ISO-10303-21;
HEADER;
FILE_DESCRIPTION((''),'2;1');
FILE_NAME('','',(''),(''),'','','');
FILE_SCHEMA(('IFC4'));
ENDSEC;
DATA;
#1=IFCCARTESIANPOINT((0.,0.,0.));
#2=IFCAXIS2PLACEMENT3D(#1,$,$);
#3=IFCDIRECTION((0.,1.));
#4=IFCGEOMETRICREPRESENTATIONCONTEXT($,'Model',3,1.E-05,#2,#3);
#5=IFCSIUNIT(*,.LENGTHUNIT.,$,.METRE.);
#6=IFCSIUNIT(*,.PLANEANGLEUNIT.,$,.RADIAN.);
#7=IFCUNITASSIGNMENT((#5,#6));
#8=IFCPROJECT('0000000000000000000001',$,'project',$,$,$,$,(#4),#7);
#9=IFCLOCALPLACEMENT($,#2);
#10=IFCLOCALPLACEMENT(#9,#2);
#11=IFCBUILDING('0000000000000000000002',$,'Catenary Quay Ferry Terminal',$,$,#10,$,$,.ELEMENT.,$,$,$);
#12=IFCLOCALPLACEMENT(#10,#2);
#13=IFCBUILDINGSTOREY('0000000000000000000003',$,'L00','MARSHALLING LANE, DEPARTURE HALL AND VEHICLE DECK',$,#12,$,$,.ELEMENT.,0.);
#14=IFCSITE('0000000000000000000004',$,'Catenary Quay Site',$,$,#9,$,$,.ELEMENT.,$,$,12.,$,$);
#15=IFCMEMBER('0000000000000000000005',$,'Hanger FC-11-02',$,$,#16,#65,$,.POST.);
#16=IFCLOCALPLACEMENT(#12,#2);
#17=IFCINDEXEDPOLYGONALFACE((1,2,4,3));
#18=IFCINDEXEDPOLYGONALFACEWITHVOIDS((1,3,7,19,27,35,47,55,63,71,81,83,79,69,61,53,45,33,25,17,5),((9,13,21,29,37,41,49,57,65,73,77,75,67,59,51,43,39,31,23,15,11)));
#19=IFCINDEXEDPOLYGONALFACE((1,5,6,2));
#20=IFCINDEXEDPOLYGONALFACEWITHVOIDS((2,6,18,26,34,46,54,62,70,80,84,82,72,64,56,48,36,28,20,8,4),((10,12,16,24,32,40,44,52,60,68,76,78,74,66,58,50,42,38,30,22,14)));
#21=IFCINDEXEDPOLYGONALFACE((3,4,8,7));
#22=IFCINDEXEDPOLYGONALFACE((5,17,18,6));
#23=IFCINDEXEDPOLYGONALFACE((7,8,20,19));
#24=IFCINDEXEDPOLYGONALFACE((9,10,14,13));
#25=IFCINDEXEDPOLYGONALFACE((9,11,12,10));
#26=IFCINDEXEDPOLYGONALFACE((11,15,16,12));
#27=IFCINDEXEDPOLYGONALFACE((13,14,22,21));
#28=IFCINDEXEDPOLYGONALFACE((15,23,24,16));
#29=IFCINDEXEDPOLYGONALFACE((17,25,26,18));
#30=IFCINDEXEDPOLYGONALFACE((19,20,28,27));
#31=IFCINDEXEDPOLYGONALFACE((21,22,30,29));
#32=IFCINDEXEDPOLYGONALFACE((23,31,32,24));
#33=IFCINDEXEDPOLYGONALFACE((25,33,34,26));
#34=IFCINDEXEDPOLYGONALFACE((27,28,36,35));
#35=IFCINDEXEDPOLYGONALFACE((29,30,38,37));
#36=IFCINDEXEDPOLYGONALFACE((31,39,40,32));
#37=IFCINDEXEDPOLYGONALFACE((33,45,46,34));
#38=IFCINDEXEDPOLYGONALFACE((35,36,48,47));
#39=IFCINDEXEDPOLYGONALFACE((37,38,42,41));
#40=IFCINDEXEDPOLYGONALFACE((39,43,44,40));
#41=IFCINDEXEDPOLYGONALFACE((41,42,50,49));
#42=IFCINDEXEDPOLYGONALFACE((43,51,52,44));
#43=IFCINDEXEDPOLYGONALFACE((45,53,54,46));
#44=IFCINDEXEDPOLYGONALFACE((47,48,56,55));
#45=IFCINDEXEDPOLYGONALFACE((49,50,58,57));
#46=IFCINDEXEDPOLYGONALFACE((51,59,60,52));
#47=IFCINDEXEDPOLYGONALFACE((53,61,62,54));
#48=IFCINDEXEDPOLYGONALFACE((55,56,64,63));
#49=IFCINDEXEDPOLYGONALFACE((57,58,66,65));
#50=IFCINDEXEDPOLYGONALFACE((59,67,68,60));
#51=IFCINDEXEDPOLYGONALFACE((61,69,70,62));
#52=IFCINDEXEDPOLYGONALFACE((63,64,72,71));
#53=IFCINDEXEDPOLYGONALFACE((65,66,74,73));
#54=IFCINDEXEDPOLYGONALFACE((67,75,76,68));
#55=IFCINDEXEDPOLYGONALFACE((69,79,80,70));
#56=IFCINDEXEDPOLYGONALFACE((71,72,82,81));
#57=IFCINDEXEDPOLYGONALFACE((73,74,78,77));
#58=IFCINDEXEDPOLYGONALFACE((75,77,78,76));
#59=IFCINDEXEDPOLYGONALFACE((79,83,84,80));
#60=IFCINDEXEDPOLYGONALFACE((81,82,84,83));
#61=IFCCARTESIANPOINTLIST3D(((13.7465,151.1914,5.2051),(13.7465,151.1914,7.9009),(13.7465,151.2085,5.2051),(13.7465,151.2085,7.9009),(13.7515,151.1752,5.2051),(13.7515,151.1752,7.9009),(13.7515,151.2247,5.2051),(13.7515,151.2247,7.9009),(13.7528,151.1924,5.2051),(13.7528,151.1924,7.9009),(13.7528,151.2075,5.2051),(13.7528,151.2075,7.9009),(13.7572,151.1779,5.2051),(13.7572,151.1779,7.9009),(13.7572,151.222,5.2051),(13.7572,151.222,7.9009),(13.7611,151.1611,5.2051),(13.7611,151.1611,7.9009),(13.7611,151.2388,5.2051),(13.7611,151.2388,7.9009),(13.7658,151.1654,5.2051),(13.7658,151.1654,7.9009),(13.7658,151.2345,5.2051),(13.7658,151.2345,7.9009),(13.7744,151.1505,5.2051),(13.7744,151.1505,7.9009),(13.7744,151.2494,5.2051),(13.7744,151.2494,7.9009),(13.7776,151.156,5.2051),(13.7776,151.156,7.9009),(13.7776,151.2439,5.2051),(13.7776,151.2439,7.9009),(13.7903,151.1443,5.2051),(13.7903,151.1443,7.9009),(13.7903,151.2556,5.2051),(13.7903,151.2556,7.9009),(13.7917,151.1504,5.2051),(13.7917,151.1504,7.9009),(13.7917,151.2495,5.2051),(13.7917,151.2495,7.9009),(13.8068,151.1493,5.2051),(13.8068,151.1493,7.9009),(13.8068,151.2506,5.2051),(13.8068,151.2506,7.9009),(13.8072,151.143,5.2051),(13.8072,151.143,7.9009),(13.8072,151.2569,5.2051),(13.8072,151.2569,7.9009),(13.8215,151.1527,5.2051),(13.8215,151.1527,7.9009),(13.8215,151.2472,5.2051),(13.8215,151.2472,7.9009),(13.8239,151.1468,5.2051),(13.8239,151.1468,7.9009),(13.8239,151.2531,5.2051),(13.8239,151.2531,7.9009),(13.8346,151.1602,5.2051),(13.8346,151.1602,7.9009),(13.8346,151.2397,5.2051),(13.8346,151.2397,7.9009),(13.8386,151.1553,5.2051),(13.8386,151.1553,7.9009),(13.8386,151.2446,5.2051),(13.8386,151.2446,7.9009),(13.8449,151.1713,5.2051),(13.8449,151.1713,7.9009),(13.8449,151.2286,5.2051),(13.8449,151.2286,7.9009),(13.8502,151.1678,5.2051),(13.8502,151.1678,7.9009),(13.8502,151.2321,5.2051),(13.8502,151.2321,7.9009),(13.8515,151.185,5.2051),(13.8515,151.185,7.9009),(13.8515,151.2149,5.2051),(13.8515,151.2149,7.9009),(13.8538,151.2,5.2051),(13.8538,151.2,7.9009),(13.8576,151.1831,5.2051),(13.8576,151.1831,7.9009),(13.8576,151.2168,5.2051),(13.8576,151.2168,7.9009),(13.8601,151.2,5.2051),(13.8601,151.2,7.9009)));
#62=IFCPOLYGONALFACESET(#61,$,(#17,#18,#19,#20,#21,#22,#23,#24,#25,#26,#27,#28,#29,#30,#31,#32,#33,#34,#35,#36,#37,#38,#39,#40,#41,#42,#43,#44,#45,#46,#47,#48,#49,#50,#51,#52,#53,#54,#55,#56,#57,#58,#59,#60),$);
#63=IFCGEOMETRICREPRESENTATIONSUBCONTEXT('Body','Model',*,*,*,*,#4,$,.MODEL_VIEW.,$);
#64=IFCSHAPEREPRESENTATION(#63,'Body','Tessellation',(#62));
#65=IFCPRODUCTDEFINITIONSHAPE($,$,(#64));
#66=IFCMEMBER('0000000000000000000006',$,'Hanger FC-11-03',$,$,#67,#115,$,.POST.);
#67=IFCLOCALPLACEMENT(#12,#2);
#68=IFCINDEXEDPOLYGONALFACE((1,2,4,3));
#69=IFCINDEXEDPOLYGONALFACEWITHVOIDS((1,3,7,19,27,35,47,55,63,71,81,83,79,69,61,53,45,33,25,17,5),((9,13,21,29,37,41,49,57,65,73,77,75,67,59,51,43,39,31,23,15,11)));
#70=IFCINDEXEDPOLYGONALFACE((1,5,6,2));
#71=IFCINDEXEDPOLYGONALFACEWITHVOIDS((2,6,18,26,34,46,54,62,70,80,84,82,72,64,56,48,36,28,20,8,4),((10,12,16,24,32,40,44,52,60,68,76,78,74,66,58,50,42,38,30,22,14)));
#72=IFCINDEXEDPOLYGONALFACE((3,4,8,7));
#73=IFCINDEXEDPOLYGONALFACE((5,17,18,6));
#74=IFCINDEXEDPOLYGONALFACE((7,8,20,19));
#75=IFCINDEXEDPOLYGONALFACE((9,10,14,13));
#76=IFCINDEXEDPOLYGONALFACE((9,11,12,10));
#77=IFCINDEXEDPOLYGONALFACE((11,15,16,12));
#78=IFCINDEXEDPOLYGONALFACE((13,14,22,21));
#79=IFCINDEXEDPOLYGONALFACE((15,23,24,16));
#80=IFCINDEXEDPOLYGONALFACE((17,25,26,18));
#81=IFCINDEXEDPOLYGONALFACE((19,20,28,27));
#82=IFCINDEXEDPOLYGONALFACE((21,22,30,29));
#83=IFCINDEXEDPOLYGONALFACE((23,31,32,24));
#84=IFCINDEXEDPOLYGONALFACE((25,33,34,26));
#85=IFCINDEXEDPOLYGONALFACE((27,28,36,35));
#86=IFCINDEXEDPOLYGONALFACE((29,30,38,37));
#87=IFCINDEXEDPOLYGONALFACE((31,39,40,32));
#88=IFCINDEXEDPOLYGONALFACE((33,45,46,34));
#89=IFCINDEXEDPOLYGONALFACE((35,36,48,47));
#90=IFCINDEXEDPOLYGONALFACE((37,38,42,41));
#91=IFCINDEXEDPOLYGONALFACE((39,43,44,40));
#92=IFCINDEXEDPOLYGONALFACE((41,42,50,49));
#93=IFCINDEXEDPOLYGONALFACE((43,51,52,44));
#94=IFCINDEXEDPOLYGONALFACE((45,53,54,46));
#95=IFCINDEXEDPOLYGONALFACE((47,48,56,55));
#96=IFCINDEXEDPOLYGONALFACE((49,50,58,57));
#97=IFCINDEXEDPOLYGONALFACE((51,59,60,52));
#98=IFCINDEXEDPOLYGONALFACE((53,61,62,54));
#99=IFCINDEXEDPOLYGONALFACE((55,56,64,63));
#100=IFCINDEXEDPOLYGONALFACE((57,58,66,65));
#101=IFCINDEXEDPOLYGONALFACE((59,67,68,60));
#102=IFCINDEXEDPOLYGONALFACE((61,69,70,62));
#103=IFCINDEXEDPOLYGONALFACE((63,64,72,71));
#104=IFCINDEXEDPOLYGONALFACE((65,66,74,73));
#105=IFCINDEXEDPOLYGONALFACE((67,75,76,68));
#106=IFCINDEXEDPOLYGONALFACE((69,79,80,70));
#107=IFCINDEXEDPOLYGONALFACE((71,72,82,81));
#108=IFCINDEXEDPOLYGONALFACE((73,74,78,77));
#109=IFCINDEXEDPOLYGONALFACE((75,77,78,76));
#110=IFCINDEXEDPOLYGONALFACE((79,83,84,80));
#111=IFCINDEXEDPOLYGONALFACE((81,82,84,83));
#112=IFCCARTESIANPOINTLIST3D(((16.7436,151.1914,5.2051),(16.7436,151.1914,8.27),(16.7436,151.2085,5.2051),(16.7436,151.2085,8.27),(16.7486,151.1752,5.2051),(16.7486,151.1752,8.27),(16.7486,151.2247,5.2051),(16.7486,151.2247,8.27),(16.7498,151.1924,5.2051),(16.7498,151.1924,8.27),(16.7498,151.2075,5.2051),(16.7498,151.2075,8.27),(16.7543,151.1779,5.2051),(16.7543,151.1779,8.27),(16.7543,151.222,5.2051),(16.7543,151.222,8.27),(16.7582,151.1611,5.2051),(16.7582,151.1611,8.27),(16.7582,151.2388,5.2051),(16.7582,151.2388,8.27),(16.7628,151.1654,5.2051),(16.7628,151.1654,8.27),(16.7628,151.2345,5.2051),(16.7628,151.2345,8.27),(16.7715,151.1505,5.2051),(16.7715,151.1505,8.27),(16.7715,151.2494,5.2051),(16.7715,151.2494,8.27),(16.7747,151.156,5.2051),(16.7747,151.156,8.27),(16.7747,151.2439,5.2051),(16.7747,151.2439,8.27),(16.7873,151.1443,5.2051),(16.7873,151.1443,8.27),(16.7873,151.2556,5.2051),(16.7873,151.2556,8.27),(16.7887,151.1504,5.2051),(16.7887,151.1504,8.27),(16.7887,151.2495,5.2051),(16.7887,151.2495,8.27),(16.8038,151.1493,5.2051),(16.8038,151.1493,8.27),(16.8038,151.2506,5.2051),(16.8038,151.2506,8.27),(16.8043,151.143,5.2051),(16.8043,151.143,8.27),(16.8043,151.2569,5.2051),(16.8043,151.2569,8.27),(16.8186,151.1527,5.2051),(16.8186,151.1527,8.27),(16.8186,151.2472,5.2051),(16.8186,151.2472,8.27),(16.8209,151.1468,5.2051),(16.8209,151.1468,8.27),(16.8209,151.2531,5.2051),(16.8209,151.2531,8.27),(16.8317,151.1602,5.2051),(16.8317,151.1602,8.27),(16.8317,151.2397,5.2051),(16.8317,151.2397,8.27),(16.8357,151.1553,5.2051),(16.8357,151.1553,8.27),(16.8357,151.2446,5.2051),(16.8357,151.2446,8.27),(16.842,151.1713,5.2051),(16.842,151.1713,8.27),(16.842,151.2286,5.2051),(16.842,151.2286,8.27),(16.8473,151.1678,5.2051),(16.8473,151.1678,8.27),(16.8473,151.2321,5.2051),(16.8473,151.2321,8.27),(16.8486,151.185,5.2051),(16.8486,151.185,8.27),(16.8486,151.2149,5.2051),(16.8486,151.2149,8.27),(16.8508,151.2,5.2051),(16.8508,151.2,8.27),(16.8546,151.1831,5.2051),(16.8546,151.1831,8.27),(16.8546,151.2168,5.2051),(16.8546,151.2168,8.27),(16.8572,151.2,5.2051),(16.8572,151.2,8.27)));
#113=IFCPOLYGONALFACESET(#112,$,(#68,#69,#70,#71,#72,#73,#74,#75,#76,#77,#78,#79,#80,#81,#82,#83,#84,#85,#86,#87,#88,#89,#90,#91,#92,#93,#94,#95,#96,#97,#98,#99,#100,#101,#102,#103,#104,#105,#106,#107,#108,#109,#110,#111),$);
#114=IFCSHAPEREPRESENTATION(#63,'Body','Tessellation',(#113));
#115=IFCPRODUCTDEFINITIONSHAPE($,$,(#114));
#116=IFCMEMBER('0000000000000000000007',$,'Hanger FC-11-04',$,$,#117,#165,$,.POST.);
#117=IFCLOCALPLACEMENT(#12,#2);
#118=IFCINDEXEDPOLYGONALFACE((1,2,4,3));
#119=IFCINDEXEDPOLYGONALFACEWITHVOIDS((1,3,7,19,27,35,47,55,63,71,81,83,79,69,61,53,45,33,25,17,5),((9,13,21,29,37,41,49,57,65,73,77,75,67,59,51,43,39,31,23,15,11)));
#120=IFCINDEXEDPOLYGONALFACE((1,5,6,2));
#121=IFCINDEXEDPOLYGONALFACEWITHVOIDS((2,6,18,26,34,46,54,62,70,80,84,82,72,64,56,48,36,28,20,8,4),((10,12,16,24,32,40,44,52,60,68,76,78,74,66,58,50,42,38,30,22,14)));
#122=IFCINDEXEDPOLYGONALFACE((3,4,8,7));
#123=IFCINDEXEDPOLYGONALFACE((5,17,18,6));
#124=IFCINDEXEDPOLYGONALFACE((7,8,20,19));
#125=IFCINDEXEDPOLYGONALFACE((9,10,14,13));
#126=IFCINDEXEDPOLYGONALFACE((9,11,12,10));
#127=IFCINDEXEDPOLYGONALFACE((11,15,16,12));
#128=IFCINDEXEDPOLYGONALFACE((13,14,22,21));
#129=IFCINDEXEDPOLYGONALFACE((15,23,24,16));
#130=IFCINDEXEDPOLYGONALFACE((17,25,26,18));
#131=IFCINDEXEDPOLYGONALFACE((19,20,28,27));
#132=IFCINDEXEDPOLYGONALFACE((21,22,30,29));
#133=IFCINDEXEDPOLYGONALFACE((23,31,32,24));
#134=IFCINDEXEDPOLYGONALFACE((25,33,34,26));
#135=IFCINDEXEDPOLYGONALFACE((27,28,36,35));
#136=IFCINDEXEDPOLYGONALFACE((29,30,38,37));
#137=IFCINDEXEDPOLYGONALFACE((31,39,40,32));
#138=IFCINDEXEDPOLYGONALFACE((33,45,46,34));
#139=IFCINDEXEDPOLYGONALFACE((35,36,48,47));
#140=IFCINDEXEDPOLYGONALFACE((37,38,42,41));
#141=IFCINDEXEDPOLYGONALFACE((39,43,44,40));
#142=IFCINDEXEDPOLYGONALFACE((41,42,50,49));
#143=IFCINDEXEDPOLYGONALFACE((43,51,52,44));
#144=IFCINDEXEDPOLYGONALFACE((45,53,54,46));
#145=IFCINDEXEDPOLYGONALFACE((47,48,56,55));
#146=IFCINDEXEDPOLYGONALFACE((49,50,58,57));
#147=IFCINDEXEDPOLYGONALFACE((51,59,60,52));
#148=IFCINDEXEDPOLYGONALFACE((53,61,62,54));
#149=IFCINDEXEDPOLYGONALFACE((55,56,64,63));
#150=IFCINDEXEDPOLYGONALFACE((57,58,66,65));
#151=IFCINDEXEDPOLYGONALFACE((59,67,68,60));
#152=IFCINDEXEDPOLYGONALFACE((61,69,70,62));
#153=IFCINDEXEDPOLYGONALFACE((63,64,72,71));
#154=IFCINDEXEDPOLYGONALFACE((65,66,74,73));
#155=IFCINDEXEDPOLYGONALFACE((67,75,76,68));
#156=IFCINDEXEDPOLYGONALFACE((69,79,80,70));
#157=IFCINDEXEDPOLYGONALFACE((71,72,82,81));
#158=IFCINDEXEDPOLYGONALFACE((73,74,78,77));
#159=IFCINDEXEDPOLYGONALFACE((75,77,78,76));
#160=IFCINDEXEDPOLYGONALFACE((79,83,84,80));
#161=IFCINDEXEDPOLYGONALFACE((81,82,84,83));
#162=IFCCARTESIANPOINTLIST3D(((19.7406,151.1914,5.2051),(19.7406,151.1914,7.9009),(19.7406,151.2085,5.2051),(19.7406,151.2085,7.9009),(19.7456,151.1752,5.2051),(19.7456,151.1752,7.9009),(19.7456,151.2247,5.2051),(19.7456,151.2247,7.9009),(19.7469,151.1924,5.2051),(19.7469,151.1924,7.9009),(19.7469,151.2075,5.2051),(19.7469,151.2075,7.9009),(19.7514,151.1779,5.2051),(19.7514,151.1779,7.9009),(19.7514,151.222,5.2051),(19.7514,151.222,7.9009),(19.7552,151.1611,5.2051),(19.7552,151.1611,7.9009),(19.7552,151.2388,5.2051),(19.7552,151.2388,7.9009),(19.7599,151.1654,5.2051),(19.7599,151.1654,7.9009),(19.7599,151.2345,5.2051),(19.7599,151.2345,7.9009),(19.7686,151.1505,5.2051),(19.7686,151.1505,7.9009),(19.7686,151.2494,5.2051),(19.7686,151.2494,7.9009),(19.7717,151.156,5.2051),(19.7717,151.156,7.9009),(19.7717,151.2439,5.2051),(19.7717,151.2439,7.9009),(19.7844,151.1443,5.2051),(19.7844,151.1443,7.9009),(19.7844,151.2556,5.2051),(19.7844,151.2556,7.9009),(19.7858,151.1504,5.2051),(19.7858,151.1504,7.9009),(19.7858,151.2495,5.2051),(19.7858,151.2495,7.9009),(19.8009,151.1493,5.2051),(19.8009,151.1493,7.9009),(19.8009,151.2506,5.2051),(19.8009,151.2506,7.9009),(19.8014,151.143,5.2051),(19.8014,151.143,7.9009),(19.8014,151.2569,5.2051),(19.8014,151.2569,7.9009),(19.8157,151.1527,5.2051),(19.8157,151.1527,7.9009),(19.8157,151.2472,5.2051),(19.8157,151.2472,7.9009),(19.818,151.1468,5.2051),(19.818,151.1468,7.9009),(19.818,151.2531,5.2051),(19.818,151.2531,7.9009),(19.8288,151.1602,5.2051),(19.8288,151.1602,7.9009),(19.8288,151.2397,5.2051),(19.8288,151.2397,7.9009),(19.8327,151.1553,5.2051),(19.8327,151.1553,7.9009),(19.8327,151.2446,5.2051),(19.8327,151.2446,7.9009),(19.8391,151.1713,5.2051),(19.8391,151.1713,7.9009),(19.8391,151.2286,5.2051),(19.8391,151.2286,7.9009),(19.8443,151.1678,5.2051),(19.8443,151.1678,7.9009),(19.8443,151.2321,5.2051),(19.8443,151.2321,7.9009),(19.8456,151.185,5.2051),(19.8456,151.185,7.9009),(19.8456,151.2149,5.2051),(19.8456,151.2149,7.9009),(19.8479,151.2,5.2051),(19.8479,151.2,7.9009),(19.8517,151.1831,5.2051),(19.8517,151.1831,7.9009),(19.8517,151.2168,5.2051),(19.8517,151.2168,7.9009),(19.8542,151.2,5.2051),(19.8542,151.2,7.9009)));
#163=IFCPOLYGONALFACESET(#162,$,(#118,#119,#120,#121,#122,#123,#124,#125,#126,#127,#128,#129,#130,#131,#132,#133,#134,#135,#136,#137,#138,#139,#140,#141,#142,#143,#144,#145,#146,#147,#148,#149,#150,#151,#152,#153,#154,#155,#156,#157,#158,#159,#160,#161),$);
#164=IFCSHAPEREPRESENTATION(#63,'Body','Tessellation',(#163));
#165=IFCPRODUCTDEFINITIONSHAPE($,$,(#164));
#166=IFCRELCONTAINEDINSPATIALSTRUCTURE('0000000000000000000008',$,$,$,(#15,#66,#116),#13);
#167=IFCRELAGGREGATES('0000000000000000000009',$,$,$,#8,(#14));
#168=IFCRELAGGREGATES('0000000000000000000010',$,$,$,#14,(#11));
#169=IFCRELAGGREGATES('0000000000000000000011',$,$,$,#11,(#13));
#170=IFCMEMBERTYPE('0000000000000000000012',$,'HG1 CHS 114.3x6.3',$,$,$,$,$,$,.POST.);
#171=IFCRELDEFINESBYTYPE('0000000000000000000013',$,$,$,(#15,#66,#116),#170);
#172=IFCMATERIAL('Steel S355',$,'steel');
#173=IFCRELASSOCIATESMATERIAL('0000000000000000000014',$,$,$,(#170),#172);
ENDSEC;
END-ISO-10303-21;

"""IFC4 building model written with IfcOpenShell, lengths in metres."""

from ifc_helpers import new_model, si_unit, direction, frame, origin, origin_2d, place, context, subcontext, project, spatial, hollow_circle, extrude, material, material_profile, profile_set, type_object, element, save


model = new_model("IFC4")

# Units and contexts
model_context = context("Model", 3, precision=1e-05, world=origin(), true_north=direction((0.0, 1.0)))
body_context = subcontext(model_context, "Body", "Model", "MODEL_VIEW")
ifc_project = project(units=[si_unit("LENGTHUNIT", "METRE"), si_unit("PLANEANGLEUNIT", "RADIAN")], contexts=[model_context])

# Site, building, storey
site_placement = place(None, origin())
site = spatial("IfcSite", under=ifc_project, at=site_placement, Name="Catenary Quay Site", CompositionType="ELEMENT", RefElevation=12.0)
building_placement = place(site_placement, origin())
building = spatial("IfcBuilding", under=site, at=building_placement, Name="Catenary Quay Ferry Terminal", CompositionType="ELEMENT")
storey_placement = place(building_placement, origin())
storey = spatial("IfcBuildingStorey", under=building, at=storey_placement, Name="L00", Description="MARSHALLING LANE, DEPARTURE HALL AND VEHICLE DECK", CompositionType="ELEMENT", Elevation=0.0)

# Members
ifc_material_1 = material(Name="Steel S355", Category="steel")
ifc_material_profile_1 = material_profile(ifc_material_1, hollow_circle(Radius=0.0571, WallThickness=0.0063, at=origin_2d()), Name="CHS 114.3x6.3")
ifc_profile_set_1 = profile_set([ifc_material_profile_1], Name="Steel S355")
member_type_1 = type_object("IfcMemberType", Name="HG1 CHS 114.3x6.3", PredefinedType="POST", material=ifc_profile_set_1)
member_1_placement = place(storey_placement, frame((13.803, 151.2, 5.2051), z_axis=(0.0, 0.0, 1.0), x_axis=(1.0, 0.0, 0.0)))
element("IfcMember", 1, at=member_1_placement, inside=storey, type_object=member_type_1, Name="Hanger FC-11-02", PredefinedType="POST", context=body_context, shape_type="SweptSolid", body=[
    extrude(hollow_circle(Radius=0.0571, WallThickness=0.0063, at=origin_2d()), origin(), (0.0, 0.0, 1.0), 2.6958),
])
member_2_placement = place(storey_placement, frame((16.8, 151.2, 5.2051), z_axis=(0.0, 0.0, 1.0), x_axis=(1.0, 0.0, 0.0)))
element("IfcMember", 2, at=member_2_placement, inside=storey, type_object=member_type_1, Name="Hanger FC-11-03", PredefinedType="POST", context=body_context, shape_type="SweptSolid", body=[
    extrude(hollow_circle(Radius=0.0571, WallThickness=0.0063, at=origin_2d()), origin(), (0.0, 0.0, 1.0), 3.0649),
])
member_3_placement = place(storey_placement, frame((19.7971, 151.2, 5.2051), z_axis=(0.0, 0.0, 1.0), x_axis=(1.0, 0.0, 0.0)))
element("IfcMember", 3, at=member_3_placement, inside=storey, type_object=member_type_1, Name="Hanger FC-11-04", PredefinedType="POST", context=body_context, shape_type="SweptSolid", body=[
    extrude(hollow_circle(Radius=0.0571, WallThickness=0.0063, at=origin_2d()), origin(), (0.0, 0.0, 1.0), 2.6958),
])

save(model, "model.ifc")
